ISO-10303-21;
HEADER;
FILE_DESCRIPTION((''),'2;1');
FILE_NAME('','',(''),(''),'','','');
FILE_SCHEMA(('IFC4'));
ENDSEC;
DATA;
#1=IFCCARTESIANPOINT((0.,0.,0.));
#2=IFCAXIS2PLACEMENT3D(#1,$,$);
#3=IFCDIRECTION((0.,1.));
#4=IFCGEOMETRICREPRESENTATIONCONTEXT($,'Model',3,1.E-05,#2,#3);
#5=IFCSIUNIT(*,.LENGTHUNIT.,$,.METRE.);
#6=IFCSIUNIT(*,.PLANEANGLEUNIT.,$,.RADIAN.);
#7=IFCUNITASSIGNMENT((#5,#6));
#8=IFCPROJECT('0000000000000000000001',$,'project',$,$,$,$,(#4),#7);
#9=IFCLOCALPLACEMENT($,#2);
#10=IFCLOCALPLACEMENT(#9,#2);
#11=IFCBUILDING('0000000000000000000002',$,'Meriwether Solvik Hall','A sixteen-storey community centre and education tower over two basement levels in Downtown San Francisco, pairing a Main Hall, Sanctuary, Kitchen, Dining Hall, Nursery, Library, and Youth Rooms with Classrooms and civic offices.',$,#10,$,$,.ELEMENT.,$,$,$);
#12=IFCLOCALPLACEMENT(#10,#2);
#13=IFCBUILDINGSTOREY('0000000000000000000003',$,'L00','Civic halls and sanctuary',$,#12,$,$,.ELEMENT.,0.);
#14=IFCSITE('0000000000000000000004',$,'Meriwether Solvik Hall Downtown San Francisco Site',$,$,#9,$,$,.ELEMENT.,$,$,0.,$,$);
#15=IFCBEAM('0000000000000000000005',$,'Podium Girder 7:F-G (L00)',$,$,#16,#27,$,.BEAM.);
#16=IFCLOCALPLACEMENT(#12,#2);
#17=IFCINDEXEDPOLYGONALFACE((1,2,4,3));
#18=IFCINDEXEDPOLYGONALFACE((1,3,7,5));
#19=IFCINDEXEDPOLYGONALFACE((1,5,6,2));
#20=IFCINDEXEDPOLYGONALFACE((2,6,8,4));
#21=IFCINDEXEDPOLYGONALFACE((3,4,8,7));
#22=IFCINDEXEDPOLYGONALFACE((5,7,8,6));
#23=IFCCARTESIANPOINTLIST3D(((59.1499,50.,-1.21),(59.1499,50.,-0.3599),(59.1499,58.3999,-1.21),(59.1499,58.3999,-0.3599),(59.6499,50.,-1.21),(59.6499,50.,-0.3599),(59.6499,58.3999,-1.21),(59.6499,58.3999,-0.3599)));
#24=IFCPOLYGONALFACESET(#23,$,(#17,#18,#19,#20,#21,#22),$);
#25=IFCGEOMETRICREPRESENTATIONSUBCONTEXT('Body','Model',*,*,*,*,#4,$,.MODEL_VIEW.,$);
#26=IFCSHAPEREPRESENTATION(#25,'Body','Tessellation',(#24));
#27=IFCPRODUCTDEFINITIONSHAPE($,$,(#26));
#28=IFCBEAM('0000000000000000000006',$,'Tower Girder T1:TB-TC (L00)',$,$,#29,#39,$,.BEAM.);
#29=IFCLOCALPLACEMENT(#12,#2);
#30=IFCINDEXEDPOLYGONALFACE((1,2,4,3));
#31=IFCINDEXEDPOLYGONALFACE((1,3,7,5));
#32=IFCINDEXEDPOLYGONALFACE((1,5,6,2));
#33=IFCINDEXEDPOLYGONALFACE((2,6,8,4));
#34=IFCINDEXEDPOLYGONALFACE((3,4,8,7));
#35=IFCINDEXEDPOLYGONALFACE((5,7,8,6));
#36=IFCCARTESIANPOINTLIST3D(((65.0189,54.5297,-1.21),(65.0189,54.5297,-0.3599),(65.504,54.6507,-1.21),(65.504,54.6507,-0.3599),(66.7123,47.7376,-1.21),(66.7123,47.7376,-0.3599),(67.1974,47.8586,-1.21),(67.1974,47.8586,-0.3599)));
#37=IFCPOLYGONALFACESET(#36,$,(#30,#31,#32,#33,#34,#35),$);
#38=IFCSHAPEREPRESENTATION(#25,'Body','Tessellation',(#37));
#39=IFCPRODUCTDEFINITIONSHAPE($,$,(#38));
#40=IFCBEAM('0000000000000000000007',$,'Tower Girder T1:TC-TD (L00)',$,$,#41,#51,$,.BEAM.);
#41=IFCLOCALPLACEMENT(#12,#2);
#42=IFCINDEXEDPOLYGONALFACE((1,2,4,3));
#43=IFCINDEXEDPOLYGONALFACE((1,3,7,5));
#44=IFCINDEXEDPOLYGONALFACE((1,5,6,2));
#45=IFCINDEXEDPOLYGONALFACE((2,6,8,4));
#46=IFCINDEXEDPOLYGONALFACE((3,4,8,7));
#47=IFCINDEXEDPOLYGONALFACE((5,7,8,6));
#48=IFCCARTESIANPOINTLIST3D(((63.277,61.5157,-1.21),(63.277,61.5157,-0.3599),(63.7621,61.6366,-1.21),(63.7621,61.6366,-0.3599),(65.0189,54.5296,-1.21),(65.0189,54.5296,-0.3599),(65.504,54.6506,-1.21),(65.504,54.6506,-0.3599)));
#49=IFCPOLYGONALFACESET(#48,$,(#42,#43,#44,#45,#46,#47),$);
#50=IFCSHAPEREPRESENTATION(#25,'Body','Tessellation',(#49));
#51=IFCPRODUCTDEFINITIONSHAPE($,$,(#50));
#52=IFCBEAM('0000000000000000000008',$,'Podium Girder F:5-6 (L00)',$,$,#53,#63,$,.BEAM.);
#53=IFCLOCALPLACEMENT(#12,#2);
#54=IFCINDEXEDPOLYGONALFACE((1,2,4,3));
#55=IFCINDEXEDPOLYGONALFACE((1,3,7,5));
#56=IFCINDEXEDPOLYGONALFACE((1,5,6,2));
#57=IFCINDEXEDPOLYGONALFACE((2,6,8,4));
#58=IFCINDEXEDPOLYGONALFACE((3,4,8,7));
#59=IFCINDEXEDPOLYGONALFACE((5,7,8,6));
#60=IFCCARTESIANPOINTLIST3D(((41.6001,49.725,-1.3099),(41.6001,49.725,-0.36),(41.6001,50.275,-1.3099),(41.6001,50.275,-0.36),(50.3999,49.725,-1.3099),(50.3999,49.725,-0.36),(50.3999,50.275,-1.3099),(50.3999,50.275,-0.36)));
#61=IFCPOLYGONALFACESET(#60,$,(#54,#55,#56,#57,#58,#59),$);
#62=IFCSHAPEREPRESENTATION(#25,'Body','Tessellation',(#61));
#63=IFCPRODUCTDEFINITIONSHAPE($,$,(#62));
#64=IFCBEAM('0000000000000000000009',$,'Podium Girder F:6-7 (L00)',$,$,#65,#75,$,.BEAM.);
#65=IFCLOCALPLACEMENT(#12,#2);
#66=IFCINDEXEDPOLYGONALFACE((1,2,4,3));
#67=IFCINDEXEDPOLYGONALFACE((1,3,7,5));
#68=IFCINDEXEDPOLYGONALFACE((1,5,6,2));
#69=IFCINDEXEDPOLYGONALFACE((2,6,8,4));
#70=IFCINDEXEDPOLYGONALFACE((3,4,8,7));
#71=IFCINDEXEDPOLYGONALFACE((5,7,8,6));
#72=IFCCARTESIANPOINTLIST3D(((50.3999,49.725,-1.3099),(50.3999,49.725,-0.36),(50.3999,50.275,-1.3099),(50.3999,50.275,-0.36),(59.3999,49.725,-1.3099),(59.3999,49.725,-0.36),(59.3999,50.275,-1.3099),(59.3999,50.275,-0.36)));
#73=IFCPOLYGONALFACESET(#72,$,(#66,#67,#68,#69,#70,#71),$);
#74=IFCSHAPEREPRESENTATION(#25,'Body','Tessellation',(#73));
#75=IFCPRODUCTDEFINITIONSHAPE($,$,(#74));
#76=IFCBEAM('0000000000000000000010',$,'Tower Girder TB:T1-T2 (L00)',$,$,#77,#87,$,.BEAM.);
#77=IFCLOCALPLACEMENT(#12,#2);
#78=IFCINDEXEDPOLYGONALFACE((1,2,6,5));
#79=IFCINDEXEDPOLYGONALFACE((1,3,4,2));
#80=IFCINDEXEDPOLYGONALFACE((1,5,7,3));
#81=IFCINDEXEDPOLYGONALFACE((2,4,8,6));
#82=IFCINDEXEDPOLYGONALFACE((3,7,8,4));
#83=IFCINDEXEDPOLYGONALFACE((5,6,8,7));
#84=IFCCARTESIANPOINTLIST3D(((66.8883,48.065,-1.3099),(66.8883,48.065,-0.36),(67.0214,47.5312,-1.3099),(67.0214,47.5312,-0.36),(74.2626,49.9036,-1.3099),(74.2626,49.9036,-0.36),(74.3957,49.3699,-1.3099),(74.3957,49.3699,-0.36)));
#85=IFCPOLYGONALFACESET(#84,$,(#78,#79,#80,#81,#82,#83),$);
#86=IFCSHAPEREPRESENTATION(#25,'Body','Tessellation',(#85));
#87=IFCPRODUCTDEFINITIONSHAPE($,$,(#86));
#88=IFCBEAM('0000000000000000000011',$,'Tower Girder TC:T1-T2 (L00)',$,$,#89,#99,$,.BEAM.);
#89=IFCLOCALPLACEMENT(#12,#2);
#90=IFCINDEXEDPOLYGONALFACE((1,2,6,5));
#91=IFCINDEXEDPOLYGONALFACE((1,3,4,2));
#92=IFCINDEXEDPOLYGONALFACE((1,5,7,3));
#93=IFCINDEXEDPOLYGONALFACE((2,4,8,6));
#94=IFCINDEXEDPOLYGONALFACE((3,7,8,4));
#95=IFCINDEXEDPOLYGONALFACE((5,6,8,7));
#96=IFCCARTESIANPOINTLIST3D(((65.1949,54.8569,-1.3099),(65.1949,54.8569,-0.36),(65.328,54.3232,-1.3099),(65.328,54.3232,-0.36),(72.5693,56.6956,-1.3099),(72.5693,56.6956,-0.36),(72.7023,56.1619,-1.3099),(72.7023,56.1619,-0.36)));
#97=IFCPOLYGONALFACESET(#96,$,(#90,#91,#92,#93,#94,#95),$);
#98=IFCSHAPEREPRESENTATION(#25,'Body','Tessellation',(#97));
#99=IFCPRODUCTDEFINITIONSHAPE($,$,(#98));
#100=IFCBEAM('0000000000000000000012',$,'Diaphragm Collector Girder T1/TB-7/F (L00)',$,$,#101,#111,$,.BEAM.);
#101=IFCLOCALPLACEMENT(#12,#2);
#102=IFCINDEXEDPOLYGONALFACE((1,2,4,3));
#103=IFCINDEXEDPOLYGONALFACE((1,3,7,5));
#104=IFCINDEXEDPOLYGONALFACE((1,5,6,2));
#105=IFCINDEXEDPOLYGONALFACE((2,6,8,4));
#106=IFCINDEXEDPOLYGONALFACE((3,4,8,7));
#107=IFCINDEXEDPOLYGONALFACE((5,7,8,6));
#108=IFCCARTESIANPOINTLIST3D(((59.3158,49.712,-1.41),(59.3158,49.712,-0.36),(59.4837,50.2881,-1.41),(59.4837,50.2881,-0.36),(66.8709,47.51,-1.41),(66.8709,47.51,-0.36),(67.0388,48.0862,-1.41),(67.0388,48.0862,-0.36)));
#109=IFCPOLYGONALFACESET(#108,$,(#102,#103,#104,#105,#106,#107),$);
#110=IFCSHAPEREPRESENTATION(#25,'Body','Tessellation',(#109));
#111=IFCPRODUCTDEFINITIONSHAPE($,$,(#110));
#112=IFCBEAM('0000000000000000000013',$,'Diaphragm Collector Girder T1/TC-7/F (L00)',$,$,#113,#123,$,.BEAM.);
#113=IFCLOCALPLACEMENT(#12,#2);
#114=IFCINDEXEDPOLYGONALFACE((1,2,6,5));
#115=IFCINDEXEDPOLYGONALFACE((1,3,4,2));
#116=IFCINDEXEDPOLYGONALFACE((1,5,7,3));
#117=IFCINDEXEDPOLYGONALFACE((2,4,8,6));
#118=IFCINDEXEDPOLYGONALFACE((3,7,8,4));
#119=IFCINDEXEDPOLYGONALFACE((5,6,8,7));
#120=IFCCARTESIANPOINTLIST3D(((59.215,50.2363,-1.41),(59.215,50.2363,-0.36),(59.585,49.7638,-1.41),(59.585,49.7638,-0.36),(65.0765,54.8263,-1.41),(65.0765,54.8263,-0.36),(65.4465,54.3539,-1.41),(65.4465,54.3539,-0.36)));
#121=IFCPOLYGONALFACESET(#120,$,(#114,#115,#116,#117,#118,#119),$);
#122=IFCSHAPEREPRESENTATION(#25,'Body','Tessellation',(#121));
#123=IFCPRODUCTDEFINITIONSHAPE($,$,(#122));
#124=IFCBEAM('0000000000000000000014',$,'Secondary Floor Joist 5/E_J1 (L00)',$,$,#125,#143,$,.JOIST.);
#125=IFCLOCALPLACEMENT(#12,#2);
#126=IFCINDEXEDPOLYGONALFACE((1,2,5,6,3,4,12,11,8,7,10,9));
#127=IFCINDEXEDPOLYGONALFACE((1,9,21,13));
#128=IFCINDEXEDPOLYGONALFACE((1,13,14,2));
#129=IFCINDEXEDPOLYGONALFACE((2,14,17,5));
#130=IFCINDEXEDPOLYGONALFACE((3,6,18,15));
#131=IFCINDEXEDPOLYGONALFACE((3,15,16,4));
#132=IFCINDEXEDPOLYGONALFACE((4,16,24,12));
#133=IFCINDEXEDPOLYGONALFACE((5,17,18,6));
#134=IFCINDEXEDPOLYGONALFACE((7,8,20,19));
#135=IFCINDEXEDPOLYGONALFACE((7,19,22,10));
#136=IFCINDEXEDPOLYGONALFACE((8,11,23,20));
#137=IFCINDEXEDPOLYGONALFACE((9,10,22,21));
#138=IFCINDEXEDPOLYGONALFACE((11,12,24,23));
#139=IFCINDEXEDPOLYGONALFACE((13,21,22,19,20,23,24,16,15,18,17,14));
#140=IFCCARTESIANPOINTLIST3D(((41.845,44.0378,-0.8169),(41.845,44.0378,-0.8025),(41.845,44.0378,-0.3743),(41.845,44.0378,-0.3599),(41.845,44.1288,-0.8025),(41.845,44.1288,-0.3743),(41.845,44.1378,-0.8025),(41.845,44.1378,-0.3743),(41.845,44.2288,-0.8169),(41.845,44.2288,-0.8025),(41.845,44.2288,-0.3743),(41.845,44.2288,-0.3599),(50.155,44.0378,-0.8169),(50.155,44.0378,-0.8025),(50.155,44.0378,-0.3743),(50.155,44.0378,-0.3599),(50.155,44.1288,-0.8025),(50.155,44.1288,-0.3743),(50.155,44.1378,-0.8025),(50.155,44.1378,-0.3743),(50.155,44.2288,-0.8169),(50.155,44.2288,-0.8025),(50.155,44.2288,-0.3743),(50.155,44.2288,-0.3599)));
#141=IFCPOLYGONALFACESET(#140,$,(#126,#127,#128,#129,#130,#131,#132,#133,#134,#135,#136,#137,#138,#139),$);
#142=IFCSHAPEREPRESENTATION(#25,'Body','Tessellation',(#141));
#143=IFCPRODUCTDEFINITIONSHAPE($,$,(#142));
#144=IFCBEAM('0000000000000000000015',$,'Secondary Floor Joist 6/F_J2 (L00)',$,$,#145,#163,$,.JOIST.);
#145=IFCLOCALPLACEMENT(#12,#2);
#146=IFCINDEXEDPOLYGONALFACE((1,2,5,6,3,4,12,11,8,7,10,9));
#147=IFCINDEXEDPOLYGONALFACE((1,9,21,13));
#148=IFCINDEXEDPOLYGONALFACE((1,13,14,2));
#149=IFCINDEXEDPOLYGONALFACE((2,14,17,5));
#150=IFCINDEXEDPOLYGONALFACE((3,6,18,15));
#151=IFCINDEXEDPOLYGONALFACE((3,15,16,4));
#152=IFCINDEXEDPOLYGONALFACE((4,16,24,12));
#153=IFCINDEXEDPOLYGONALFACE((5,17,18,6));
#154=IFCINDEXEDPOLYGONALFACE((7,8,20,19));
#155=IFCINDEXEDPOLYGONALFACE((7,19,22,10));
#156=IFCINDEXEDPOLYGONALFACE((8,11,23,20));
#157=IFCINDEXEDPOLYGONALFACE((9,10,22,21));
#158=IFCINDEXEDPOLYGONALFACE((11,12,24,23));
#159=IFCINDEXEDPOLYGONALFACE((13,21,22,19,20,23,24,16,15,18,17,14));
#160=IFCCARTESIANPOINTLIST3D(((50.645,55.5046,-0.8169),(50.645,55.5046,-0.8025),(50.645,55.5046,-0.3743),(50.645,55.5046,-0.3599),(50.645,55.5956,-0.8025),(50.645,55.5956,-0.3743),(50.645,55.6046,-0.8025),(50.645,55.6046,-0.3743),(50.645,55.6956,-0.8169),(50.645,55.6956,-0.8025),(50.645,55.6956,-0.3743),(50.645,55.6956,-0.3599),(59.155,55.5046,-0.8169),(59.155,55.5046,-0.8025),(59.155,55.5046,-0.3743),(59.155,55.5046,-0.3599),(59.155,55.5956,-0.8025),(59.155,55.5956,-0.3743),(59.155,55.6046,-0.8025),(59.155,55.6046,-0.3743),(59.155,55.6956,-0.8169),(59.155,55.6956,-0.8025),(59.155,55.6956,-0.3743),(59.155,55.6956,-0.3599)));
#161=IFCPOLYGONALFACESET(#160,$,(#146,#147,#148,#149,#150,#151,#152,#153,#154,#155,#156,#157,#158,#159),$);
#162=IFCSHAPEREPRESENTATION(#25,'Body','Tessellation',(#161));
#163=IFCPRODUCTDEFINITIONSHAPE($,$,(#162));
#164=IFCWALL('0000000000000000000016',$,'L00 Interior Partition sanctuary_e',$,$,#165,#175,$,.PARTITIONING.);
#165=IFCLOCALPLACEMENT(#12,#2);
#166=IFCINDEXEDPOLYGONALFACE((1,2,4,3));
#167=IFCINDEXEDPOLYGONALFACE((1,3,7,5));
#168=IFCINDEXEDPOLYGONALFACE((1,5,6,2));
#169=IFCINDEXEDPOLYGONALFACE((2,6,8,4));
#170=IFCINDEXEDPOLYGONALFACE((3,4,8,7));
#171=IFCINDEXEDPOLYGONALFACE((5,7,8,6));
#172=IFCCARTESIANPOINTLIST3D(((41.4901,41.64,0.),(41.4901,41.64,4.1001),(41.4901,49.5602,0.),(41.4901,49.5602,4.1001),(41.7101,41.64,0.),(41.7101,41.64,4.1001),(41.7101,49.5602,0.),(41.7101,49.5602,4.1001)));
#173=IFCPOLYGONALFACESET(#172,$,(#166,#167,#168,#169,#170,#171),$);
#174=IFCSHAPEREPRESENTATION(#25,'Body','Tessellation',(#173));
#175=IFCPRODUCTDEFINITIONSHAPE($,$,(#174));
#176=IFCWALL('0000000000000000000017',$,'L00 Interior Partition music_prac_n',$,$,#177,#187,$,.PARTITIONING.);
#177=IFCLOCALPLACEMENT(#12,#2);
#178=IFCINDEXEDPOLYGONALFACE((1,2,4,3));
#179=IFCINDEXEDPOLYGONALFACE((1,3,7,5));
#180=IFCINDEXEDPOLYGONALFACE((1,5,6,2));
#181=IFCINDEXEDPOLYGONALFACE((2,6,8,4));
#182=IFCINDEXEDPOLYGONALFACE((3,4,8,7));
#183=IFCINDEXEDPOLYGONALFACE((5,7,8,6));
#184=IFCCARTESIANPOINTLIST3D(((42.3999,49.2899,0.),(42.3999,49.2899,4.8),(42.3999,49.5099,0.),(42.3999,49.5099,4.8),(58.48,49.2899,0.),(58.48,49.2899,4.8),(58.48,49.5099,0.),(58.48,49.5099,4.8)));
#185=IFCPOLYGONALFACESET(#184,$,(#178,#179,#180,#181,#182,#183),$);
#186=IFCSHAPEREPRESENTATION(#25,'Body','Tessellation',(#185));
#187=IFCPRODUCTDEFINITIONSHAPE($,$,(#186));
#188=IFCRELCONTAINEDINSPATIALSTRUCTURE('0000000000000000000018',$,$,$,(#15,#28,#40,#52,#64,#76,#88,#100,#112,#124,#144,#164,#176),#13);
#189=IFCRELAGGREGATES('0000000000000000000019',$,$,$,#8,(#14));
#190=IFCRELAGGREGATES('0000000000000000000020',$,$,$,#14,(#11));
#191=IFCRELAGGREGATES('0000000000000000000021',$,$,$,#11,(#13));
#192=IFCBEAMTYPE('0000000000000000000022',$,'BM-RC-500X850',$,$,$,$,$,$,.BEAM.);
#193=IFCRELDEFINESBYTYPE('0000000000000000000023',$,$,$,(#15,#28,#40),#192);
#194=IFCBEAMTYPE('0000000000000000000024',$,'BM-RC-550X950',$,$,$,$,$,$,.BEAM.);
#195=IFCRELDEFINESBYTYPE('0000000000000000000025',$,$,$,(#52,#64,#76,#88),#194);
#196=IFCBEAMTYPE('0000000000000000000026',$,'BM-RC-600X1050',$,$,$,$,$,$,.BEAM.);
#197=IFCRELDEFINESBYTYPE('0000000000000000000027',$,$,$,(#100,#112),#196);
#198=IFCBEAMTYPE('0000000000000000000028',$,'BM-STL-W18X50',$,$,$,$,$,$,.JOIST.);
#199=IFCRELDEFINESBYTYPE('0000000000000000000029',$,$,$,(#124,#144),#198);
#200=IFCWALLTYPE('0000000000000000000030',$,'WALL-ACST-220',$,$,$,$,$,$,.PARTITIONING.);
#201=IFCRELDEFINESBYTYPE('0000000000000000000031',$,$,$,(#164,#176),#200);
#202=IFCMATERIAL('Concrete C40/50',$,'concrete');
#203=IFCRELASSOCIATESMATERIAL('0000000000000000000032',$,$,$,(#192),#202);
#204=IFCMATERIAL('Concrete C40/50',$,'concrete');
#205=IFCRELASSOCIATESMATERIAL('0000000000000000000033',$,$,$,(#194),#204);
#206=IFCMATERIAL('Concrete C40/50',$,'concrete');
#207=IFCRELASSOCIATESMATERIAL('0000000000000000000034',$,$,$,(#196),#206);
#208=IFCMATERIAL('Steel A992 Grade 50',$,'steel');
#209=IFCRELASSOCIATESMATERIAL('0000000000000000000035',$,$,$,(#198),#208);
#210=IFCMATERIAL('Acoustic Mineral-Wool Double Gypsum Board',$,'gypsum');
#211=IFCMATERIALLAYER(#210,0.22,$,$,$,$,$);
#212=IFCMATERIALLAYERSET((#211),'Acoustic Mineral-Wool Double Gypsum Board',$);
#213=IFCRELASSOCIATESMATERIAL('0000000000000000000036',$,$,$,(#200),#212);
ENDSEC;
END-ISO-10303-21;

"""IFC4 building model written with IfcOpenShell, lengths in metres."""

from ifc_helpers import new_model, si_unit, direction, frame, frame_2d, origin, origin_2d, place, context, subcontext, project, spatial, rectangle, i_section, extrude, material, layer, layer_set, material_profile, profile_set, type_object, element, save


model = new_model("IFC4")

# Units and contexts
model_context = context("Model", 3, precision=1e-05, world=origin(), true_north=direction((0.0, 1.0)))
body_context = subcontext(model_context, "Body", "Model", "MODEL_VIEW")
ifc_project = project(units=[si_unit("LENGTHUNIT", "METRE"), si_unit("PLANEANGLEUNIT", "RADIAN")], contexts=[model_context])

# Site, building, storey
site_placement = place(None, origin())
site = spatial("IfcSite", under=ifc_project, at=site_placement, Name="Meriwether Solvik Hall Downtown San Francisco Site", CompositionType="ELEMENT", RefElevation=0.0)
building_placement = place(site_placement, origin())
building = spatial("IfcBuilding", under=site, at=building_placement, Name="Meriwether Solvik Hall", Description="A sixteen-storey community centre and education tower over two basement levels in Downtown San Francisco, pairing a Main Hall, Sanctuary, Kitchen, Dining Hall, Nursery, Library, and Youth Rooms with Classrooms and civic offices.", CompositionType="ELEMENT")
storey_placement = place(building_placement, origin())
storey = spatial("IfcBuildingStorey", under=building, at=storey_placement, Name="L00", Description="Civic halls and sanctuary", CompositionType="ELEMENT", Elevation=0.0)

# Beams
ifc_material_1 = material(Name="Concrete C40/50", Category="concrete")
ifc_material_profile_1 = material_profile(ifc_material_1, rectangle(XDim=0.5, YDim=0.8501, at=origin_2d()), Name="RCB-500X850")
ifc_profile_set_1 = profile_set([ifc_material_profile_1], Name="Concrete C40/50")
beam_type_1 = type_object("IfcBeamType", Name="BM-RC-500X850", PredefinedType="BEAM", material=ifc_profile_set_1)
for number, where, z_axis, x_axis, name in (
    (1, (59.3999, 50.0, -0.7849), (0.0, 1.0, 0.0), (-1.0, 0.0, 0.0), "Podium Girder 7:F-G (L00)"),
):
    element("IfcBeam", number, at=place(storey_placement, frame(where, z_axis=z_axis, x_axis=x_axis)), inside=storey, type_object=beam_type_1, Name=name, PredefinedType="BEAM", context=body_context, shape_type="SweptSolid", body=[
        extrude(rectangle(XDim=0.5, YDim=0.8501, at=origin_2d()), origin(), (0.0, 0.0, 1.0), 8.3999),
    ])
beam_1_placement = place(storey_placement, frame((66.9548, 47.7981, -0.7849), z_axis=(-0.241912, 0.970298, 0.0), x_axis=(-0.970298, -0.241912, 0.0)))
element("IfcBeam", 2, at=beam_1_placement, inside=storey, type_object=beam_type_1, Name="Tower Girder T1:TB-TC (L00)", PredefinedType="BEAM", context=body_context, shape_type="SweptSolid", body=[
    extrude(rectangle(XDim=0.5, YDim=0.8501, at=origin_2d()), origin(), (0.0, 0.0, 1.0), 7.0),
])
beam_2_placement = place(storey_placement, frame((65.2615, 54.5901, -0.7849), z_axis=(-0.241937, 0.970292, 0.0), x_axis=(-0.970292, -0.241937, 0.0)))
element("IfcBeam", 3, at=beam_2_placement, inside=storey, type_object=beam_type_1, Name="Tower Girder T1:TC-TD (L00)", PredefinedType="BEAM", context=body_context, shape_type="SweptSolid", body=[
    extrude(rectangle(XDim=0.5, YDim=0.8501, at=origin_2d()), origin(), (0.0, 0.0, 1.0), 7.2),
])
ifc_material_2 = material(Name="Concrete C40/50", Category="concrete")
ifc_material_profile_2 = material_profile(ifc_material_2, rectangle(XDim=0.55, YDim=0.95, at=origin_2d()), Name="RCB-550X950")
ifc_profile_set_2 = profile_set([ifc_material_profile_2], Name="Concrete C40/50")
beam_type_2 = type_object("IfcBeamType", Name="BM-RC-550X950", PredefinedType="BEAM", material=ifc_profile_set_2)
beam_3_placement = place(storey_placement, frame((41.6001, 50.0, -0.835), z_axis=(1.0, 0.0, 0.0), x_axis=(0.0, 1.0, 0.0)))
element("IfcBeam", 4, at=beam_3_placement, inside=storey, type_object=beam_type_2, Name="Podium Girder F:5-6 (L00)", PredefinedType="BEAM", context=body_context, shape_type="SweptSolid", body=[
    extrude(rectangle(XDim=0.55, YDim=0.95, at=origin_2d()), origin(), (0.0, 0.0, 1.0), 8.7998),
])
beam_4_placement = place(storey_placement, frame((50.3999, 50.0, -0.835), z_axis=(1.0, 0.0, 0.0), x_axis=(0.0, 1.0, 0.0)))
element("IfcBeam", 5, at=beam_4_placement, inside=storey, type_object=beam_type_2, Name="Podium Girder F:6-7 (L00)", PredefinedType="BEAM", context=body_context, shape_type="SweptSolid", body=[
    extrude(rectangle(XDim=0.55, YDim=0.95, at=origin_2d()), origin(), (0.0, 0.0, 1.0), 9.0),
])
for number, where, z_axis, x_axis, name in (
    (6, (66.9548, 47.7981, -0.835), (0.970295, 0.241923, 0.0), (-0.241923, 0.970295, 0.0), "Tower Girder TB:T1-T2 (L00)"),
    (7, (65.2615, 54.5901, -0.835), (0.970295, 0.241923, 0.0), (-0.241923, 0.970295, 0.0), "Tower Girder TC:T1-T2 (L00)"),
):
    element("IfcBeam", number, at=place(storey_placement, frame(where, z_axis=z_axis, x_axis=x_axis)), inside=storey, type_object=beam_type_2, Name=name, PredefinedType="BEAM", context=body_context, shape_type="SweptSolid", body=[
        extrude(rectangle(XDim=0.55, YDim=0.95, at=origin_2d()), origin(), (0.0, 0.0, 1.0), 7.6001),
    ])
ifc_material_3 = material(Name="Concrete C40/50", Category="concrete")
ifc_material_profile_3 = material_profile(ifc_material_3, rectangle(XDim=0.6001, YDim=1.05, at=origin_2d()), Name="RCB-600X1050")
ifc_profile_set_3 = profile_set([ifc_material_profile_3], Name="Concrete C40/50")
beam_type_3 = type_object("IfcBeamType", Name="BM-RC-600X1050", PredefinedType="BEAM", material=ifc_profile_set_3)
beam_5_placement = place(storey_placement, frame((66.9548, 47.7981, -0.885), z_axis=(-0.960055, 0.279811, 0.0), x_axis=(-0.279811, -0.960055, 0.0)))
element("IfcBeam", 8, at=beam_5_placement, inside=storey, type_object=beam_type_3, Name="Diaphragm Collector Girder T1/TB-7/F (L00)", PredefinedType="BEAM", context=body_context, shape_type="SweptSolid", body=[
    extrude(rectangle(XDim=0.6001, YDim=1.05, at=origin_2d()), origin(), (0.0, 0.0, 1.0), 7.8694),
])
beam_6_placement = place(storey_placement, frame((65.2615, 54.5901, -0.885), z_axis=(-0.787324, -0.616539, 0.0), x_axis=(0.616539, -0.787324, 0.0)))
element("IfcBeam", 9, at=beam_6_placement, inside=storey, type_object=beam_type_3, Name="Diaphragm Collector Girder T1/TC-7/F (L00)", PredefinedType="BEAM", context=body_context, shape_type="SweptSolid", body=[
    extrude(rectangle(XDim=0.6001, YDim=1.05, at=origin_2d()), origin(), (0.0, 0.0, 1.0), 7.4448),
])
ifc_material_4 = material(Name="Steel A992 Grade 50", Category="steel")
ifc_material_profile_4 = material_profile(ifc_material_4, i_section(OverallWidth=0.1909, OverallDepth=0.457, WebThickness=0.009, FlangeThickness=0.0144, at=origin_2d()), Name="W18X50")
ifc_profile_set_4 = profile_set([ifc_material_profile_4], Name="Steel A992 Grade 50")
beam_type_4 = type_object("IfcBeamType", Name="BM-STL-W18X50", PredefinedType="JOIST", material=ifc_profile_set_4)
beam_7_placement = place(storey_placement, frame((41.845, 44.1333, -0.5884), z_axis=(1.0, 0.0, 0.0), x_axis=(0.0, 1.0, 0.0)))
element("IfcBeam", 10, at=beam_7_placement, inside=storey, type_object=beam_type_4, Name="Secondary Floor Joist 5/E_J1 (L00)", PredefinedType="JOIST", context=body_context, shape_type="SweptSolid", body=[
    extrude(i_section(OverallWidth=0.1909, OverallDepth=0.457, WebThickness=0.009, FlangeThickness=0.0144, at=origin_2d()), origin(), (0.0, 0.0, 1.0), 8.3101),
])
beam_8_placement = place(storey_placement, frame((50.645, 55.6001, -0.5884), z_axis=(1.0, 0.0, 0.0), x_axis=(0.0, 1.0, 0.0)))
element("IfcBeam", 11, at=beam_8_placement, inside=storey, type_object=beam_type_4, Name="Secondary Floor Joist 6/F_J2 (L00)", PredefinedType="JOIST", context=body_context, shape_type="SweptSolid", body=[
    extrude(i_section(OverallWidth=0.1909, OverallDepth=0.457, WebThickness=0.009, FlangeThickness=0.0144, at=origin_2d()), origin(), (0.0, 0.0, 1.0), 8.51),
])

# Walls
ifc_material_5 = material(Name="Acoustic Mineral-Wool Double Gypsum Board", Category="gypsum")
ifc_layer = layer(ifc_material_5, 0.22)
ifc_layer_set = layer_set([ifc_layer], Name="Acoustic Mineral-Wool Double Gypsum Board")
wall_type = type_object("IfcWallType", Name="WALL-ACST-220", PredefinedType="PARTITIONING", material=ifc_layer_set)
wall_1_placement = place(storey_placement, frame((41.6001, 49.5601, 0.0), z_axis=(0.0, 0.0, 1.0), x_axis=(0.0, -1.0, 0.0)))
element("IfcWall", 12, at=wall_1_placement, inside=storey, type_object=wall_type, Name="L00 Interior Partition sanctuary_e", PredefinedType="PARTITIONING", context=body_context, shape_type="SweptSolid", body=[
    extrude(rectangle(XDim=7.9202, YDim=0.22, at=frame_2d((3.96, 0.0))), origin(), (0.0, 0.0, 1.0), 4.1001),
])
wall_2_placement = place(storey_placement, frame((58.48, 49.3999, 0.0), z_axis=(0.0, 0.0, 1.0), x_axis=(-1.0, 0.0, 0.0)))
element("IfcWall", 13, at=wall_2_placement, inside=storey, type_object=wall_type, Name="L00 Interior Partition music_prac_n", PredefinedType="PARTITIONING", context=body_context, shape_type="SweptSolid", body=[
    extrude(rectangle(XDim=16.0801, YDim=0.22, at=frame_2d((8.04, 0.0))), origin(), (0.0, 0.0, 1.0), 4.8),
])

save(model, "model.ifc")
